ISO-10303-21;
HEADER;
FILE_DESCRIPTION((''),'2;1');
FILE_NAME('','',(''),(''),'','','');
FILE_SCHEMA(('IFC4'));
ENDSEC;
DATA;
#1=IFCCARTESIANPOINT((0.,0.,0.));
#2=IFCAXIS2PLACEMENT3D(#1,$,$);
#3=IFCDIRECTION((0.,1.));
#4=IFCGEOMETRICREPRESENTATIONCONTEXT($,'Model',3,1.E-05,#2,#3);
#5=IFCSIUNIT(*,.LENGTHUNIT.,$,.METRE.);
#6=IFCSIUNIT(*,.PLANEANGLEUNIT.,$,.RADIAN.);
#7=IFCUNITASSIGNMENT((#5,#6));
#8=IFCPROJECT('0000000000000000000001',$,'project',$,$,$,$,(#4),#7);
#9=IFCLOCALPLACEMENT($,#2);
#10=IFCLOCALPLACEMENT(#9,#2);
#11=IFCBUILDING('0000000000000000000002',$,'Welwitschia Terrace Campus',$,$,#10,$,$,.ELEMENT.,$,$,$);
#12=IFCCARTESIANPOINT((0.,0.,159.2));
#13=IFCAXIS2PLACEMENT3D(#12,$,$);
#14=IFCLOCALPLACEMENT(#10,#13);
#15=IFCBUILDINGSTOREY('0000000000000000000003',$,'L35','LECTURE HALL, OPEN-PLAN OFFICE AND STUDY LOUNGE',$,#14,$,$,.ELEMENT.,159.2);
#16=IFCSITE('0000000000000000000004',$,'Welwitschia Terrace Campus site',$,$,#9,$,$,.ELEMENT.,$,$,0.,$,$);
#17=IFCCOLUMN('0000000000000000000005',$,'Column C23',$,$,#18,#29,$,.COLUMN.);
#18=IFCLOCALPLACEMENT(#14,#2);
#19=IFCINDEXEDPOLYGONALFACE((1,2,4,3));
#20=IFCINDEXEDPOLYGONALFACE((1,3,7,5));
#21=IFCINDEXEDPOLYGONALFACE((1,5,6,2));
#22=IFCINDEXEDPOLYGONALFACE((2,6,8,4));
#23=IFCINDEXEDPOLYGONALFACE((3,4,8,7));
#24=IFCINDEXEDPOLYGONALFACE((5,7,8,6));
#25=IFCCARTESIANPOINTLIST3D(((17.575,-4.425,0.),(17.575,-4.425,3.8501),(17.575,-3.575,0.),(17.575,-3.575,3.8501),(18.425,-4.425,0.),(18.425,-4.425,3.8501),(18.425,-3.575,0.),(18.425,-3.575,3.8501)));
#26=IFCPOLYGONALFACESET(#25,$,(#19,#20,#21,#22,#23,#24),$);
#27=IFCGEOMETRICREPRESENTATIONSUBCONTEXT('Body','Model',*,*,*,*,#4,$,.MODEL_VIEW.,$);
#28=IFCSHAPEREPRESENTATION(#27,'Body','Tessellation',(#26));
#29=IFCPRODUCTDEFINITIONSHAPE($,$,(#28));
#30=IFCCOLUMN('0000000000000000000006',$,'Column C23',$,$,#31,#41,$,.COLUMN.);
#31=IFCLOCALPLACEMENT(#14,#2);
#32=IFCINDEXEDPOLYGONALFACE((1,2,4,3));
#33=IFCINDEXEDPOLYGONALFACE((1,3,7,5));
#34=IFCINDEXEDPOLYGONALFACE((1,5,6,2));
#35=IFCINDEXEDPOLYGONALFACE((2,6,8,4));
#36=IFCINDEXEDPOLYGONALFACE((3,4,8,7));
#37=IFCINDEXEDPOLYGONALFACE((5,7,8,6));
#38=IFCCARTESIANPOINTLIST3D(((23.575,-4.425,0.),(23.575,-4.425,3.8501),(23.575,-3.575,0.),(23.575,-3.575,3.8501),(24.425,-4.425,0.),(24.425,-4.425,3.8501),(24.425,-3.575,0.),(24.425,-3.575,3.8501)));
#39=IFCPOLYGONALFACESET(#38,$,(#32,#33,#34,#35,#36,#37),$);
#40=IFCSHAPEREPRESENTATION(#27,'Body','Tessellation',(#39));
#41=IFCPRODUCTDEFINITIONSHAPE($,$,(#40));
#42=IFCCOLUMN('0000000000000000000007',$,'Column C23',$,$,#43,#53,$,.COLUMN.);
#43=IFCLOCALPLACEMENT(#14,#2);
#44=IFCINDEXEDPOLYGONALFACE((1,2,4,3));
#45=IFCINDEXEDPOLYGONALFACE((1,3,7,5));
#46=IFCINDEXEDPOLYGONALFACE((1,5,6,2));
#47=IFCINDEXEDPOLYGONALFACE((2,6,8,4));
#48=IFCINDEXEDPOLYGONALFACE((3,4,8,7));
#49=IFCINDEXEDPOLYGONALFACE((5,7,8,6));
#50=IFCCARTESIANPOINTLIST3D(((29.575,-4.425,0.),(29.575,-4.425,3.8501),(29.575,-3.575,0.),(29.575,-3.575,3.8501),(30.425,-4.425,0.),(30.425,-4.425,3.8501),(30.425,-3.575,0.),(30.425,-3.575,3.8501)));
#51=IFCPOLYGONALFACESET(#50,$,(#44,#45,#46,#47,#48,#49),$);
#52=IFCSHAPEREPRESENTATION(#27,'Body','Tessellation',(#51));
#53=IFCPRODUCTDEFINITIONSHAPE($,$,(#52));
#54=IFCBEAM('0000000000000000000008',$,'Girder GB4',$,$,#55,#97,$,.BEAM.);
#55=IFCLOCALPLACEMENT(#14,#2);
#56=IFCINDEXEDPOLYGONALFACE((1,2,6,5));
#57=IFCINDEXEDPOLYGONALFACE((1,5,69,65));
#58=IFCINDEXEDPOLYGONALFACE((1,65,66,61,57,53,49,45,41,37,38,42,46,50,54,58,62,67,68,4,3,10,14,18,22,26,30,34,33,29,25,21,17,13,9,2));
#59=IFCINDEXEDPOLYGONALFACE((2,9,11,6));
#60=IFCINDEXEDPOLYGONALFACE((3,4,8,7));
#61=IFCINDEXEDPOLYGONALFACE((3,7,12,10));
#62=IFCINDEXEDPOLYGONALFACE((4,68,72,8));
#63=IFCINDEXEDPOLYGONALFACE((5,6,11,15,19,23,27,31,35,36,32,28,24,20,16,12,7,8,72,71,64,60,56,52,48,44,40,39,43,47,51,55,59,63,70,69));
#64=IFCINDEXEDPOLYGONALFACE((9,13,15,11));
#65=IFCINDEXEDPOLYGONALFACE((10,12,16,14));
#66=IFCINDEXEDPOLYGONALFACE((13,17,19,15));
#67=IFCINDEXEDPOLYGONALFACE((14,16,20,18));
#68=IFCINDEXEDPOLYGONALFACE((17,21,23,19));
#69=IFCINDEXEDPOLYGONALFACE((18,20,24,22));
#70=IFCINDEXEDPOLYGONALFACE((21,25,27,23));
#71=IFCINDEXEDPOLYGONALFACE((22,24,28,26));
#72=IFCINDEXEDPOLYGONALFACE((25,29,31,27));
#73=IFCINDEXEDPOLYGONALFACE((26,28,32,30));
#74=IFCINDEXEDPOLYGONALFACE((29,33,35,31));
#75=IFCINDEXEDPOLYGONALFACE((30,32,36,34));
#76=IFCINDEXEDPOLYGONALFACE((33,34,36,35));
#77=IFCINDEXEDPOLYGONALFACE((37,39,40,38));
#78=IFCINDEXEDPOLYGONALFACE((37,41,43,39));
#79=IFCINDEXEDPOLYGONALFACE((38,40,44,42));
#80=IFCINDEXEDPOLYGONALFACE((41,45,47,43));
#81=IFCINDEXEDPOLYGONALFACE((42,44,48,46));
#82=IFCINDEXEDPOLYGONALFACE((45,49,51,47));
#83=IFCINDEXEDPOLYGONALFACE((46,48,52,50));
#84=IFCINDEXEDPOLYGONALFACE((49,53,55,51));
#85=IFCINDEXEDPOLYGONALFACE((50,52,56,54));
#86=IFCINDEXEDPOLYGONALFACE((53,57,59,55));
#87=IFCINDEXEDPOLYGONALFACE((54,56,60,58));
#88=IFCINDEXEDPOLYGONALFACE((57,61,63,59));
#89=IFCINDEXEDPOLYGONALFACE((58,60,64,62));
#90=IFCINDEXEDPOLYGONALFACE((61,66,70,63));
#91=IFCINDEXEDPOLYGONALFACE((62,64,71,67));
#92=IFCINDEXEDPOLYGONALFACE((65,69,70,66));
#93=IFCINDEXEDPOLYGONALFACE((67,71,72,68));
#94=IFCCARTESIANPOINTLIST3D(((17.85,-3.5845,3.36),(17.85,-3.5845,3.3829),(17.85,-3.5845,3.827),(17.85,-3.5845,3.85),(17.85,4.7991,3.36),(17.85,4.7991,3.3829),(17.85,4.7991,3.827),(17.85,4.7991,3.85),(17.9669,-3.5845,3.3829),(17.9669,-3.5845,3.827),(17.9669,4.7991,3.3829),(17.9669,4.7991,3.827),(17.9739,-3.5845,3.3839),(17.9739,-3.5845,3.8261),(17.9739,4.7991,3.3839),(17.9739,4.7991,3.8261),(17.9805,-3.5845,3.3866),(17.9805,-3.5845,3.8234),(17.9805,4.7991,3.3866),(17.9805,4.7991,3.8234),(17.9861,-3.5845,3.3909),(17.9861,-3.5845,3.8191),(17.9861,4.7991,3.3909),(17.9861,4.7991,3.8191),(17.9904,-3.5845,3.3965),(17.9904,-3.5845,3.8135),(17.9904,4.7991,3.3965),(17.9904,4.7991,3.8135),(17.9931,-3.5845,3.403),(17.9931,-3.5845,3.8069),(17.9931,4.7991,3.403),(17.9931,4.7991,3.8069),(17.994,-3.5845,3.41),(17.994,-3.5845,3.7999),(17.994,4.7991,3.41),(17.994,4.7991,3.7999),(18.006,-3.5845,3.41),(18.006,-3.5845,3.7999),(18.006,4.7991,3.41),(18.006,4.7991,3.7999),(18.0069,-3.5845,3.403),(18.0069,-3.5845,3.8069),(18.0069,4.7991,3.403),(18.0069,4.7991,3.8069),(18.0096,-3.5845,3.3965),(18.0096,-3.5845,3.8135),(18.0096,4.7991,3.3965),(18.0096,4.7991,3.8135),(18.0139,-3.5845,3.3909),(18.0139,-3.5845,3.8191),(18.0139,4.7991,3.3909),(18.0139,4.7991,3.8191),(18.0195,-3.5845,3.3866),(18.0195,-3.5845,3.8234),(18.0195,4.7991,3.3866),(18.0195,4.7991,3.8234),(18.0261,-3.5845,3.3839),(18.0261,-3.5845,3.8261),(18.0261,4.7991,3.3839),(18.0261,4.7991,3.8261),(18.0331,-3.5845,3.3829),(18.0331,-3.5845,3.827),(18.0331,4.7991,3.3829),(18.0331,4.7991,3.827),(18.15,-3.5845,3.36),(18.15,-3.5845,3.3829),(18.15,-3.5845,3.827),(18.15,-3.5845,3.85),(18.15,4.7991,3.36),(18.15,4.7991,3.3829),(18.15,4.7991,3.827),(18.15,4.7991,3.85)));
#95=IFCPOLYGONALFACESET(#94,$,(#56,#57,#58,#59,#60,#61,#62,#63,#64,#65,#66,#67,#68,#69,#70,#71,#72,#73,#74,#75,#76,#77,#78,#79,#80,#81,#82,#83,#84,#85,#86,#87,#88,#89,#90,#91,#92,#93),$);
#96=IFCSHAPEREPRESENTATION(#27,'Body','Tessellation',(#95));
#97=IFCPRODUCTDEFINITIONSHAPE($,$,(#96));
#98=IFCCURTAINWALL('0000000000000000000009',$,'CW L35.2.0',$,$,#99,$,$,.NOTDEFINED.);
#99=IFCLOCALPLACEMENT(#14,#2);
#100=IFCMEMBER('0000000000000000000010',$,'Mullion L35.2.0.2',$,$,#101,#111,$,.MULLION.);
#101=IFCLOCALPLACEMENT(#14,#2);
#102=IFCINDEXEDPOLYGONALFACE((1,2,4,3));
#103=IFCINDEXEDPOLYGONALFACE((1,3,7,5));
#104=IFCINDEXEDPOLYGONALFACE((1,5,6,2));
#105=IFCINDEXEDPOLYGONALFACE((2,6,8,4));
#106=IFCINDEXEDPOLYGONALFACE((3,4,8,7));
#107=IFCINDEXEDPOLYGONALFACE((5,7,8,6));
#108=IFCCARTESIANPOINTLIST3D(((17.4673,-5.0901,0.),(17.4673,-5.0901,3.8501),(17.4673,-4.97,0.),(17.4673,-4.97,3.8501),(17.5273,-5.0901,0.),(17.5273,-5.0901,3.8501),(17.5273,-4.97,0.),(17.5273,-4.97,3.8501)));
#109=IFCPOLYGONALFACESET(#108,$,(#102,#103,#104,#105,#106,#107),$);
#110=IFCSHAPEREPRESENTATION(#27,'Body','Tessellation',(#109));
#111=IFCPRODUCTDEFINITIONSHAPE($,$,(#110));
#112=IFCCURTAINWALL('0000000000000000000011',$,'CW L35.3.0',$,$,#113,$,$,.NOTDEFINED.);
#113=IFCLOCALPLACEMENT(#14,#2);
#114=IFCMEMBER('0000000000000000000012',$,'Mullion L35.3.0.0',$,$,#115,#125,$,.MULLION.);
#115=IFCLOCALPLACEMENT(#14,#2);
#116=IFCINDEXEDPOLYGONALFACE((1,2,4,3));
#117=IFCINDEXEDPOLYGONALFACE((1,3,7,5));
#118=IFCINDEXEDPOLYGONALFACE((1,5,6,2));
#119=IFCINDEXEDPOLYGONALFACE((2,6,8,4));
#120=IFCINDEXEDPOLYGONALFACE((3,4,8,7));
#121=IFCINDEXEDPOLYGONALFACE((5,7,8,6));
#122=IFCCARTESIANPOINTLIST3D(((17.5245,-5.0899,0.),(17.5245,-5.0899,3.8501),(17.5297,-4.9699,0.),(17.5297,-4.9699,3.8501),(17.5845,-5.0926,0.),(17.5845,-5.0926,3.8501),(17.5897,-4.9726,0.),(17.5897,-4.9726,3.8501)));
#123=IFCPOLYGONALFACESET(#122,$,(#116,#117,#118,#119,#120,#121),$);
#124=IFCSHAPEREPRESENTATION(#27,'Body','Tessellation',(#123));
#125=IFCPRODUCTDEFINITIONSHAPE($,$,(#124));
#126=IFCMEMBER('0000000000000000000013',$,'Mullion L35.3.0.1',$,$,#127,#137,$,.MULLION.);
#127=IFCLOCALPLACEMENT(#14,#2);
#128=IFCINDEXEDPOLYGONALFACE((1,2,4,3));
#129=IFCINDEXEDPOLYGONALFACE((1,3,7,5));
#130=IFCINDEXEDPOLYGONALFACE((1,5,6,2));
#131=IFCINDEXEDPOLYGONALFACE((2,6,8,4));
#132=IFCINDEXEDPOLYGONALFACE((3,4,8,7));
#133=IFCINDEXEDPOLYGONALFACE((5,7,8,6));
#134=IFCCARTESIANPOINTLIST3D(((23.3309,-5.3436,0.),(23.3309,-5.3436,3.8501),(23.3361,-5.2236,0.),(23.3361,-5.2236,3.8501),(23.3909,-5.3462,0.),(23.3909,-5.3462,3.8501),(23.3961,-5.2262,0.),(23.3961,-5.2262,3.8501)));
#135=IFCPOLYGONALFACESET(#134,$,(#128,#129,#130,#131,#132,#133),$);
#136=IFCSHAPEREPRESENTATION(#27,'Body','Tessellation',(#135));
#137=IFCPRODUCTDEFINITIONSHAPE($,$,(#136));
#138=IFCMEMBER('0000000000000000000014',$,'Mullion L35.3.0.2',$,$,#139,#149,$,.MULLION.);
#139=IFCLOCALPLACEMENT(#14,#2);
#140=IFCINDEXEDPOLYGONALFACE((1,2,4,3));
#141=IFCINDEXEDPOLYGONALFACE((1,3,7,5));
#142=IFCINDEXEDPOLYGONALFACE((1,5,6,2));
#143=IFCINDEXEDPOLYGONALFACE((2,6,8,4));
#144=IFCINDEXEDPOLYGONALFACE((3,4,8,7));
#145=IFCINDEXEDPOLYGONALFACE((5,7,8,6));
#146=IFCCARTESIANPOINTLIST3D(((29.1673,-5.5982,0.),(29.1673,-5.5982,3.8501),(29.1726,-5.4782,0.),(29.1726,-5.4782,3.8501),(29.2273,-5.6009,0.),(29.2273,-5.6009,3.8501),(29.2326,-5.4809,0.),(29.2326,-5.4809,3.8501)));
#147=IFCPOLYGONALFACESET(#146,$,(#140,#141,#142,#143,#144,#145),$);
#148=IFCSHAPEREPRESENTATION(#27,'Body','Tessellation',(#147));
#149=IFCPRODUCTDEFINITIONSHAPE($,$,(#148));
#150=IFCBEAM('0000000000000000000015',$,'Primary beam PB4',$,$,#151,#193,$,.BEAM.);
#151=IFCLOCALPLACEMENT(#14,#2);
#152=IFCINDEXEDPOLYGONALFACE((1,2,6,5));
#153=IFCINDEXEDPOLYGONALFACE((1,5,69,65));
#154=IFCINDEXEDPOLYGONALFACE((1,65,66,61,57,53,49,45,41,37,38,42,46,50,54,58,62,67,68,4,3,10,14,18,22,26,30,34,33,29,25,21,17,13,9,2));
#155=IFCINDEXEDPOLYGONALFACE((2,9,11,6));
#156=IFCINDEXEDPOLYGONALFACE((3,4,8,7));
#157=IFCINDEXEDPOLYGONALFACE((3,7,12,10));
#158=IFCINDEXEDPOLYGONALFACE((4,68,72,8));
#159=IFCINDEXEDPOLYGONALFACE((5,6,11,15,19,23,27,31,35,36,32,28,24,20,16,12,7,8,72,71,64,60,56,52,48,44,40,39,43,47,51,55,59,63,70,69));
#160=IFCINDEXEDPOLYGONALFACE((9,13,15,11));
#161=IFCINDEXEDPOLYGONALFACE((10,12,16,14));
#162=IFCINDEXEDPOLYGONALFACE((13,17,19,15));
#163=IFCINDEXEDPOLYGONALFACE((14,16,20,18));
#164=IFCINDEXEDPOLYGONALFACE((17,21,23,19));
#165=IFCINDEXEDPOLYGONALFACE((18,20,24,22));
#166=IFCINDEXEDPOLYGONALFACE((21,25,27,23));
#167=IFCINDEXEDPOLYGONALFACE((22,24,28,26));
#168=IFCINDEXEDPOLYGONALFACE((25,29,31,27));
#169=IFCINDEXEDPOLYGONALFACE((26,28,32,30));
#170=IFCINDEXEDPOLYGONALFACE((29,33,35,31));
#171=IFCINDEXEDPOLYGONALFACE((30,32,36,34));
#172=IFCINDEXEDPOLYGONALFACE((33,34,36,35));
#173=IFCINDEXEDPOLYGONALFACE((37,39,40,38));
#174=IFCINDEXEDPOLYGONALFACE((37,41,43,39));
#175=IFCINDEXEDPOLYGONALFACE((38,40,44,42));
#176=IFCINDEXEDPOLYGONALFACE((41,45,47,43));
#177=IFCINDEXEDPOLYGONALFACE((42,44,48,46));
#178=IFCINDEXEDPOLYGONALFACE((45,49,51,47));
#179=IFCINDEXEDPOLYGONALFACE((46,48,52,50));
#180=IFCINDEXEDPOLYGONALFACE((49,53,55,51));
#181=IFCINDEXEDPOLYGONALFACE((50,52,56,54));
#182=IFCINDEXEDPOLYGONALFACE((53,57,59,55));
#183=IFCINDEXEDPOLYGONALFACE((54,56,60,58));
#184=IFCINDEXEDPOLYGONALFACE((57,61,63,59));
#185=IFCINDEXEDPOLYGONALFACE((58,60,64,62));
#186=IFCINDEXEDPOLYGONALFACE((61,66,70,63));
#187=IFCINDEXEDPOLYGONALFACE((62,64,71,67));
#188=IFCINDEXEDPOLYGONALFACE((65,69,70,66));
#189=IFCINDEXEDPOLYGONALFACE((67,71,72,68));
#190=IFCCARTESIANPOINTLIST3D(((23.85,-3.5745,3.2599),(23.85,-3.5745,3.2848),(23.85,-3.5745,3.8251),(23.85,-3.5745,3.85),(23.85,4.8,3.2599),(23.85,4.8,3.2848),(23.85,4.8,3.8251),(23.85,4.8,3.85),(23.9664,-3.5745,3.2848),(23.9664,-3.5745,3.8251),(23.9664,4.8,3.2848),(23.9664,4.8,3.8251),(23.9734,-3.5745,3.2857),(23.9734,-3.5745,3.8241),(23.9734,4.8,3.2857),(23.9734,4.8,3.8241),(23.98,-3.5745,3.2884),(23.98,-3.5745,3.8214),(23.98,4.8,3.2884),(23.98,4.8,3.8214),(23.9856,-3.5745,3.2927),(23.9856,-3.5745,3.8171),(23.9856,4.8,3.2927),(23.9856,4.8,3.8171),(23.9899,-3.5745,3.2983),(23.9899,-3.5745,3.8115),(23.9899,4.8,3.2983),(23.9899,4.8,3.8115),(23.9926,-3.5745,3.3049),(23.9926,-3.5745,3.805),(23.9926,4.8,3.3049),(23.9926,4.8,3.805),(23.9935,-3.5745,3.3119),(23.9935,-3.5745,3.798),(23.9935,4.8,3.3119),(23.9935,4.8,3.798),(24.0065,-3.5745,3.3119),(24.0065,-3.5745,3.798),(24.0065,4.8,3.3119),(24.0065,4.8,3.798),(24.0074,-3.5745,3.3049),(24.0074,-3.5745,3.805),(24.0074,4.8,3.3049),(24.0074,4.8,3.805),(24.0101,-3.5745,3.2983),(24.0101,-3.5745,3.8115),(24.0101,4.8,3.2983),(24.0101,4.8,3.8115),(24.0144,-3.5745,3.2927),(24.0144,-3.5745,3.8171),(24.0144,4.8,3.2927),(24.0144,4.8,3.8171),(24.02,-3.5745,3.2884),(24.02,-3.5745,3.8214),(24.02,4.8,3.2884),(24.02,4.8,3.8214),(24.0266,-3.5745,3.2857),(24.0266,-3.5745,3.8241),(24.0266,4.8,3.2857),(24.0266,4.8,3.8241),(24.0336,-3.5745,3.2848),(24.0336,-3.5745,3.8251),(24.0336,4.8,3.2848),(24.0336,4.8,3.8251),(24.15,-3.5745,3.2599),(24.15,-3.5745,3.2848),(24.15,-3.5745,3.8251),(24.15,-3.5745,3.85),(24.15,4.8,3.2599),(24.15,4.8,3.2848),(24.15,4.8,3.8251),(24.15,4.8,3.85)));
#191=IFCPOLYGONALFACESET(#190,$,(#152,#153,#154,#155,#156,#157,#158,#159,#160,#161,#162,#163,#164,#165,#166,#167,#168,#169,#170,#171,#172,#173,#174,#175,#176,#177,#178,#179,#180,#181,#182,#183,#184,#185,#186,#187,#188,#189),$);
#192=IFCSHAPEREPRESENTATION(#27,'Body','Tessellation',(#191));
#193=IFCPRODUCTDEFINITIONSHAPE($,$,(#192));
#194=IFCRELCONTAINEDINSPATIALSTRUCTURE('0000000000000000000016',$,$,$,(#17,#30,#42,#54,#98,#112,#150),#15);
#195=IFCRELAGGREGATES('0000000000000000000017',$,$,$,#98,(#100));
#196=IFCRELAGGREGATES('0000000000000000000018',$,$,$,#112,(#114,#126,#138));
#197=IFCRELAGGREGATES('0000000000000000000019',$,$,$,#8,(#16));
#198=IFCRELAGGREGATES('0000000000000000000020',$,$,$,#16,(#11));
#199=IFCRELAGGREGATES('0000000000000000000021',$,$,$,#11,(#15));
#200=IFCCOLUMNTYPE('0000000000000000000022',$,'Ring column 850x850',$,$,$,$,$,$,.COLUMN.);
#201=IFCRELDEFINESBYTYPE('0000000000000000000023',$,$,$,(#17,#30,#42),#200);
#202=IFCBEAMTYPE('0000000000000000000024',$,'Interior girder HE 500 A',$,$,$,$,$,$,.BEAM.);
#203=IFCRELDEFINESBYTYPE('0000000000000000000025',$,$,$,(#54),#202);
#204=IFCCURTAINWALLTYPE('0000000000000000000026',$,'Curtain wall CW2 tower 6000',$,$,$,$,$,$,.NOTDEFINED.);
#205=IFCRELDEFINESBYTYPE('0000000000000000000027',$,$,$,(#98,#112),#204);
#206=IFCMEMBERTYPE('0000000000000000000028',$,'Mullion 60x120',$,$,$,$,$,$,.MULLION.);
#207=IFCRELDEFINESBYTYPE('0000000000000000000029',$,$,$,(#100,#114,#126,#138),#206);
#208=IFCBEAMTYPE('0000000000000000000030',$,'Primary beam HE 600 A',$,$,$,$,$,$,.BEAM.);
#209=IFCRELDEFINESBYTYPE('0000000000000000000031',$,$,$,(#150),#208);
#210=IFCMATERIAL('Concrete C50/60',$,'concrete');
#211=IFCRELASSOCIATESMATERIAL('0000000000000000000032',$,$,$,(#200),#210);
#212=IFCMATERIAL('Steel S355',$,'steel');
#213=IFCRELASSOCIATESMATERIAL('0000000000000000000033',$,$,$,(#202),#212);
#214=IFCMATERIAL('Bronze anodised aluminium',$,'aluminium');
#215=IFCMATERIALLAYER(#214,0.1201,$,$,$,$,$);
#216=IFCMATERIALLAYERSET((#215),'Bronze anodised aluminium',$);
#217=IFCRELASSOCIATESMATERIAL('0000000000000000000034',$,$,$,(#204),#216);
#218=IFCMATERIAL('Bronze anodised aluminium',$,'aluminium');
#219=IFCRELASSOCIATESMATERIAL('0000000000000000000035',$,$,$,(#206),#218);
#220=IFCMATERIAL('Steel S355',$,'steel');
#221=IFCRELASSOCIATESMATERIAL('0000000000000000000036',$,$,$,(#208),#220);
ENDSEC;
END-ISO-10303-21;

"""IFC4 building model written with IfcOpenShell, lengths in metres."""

from ifc_helpers import new_model, si_unit, direction, frame, origin, origin_2d, place, context, subcontext, project, spatial, rectangle, i_section, extrude, material, layer, layer_set, material_profile, profile_set, type_object, element, aggregate, save


model = new_model("IFC4")

# Units and contexts
model_context = context("Model", 3, precision=1e-05, world=origin(), true_north=direction((0.0, 1.0)))
body_context = subcontext(model_context, "Body", "Model", "MODEL_VIEW")
ifc_project = project(units=[si_unit("LENGTHUNIT", "METRE"), si_unit("PLANEANGLEUNIT", "RADIAN")], contexts=[model_context])

# Site, building, storey
site_placement = place(None, origin())
site = spatial("IfcSite", under=ifc_project, at=site_placement, Name="Welwitschia Terrace Campus site", CompositionType="ELEMENT", RefElevation=0.0)
building_placement = place(site_placement, origin())
building = spatial("IfcBuilding", under=site, at=building_placement, Name="Welwitschia Terrace Campus", CompositionType="ELEMENT")
storey_placement = place(building_placement, frame((0.0, 0.0, 159.2)))
storey = spatial("IfcBuildingStorey", under=building, at=storey_placement, Name="L35", Description="LECTURE HALL, OPEN-PLAN OFFICE AND STUDY LOUNGE", CompositionType="ELEMENT", Elevation=159.2)

# Columns
ifc_material_1 = material(Name="Concrete C50/60", Category="concrete")
ifc_material_profile_1 = material_profile(ifc_material_1, rectangle(XDim=0.8501, YDim=0.8501, at=origin_2d()))
ifc_profile_set_1 = profile_set([ifc_material_profile_1], Name="Concrete C50/60")
column_type = type_object("IfcColumnType", Name="Ring column 850x850", PredefinedType="COLUMN", material=ifc_profile_set_1)
for number, where, z_axis, x_axis, name in (
    (1, (18.0, -4.0, 0.0), (0.0, 0.0, 1.0), (1.0, 0.0, 0.0), "Column C23"),
    (2, (24.0, -4.0, 0.0), (0.0, 0.0, 1.0), (1.0, 0.0, 0.0), "Column C23"),
    (3, (30.0, -4.0, 0.0), (0.0, 0.0, 1.0), (1.0, 0.0, 0.0), "Column C23"),
):
    element("IfcColumn", number, at=place(storey_placement, frame(where, z_axis=z_axis, x_axis=x_axis)), inside=storey, type_object=column_type, Name=name, PredefinedType="COLUMN", context=body_context, shape_type="SweptSolid", body=[
        extrude(rectangle(XDim=0.8501, YDim=0.8501, at=origin_2d()), origin(), (0.0, 0.0, 1.0), 3.8501),
    ])

# Beam
ifc_material_2 = material(Name="Steel S355", Category="steel")
ifc_material_profile_2 = material_profile(ifc_material_2, i_section(OverallWidth=0.3, OverallDepth=0.49, WebThickness=0.012, FlangeThickness=0.0229, FilletRadius=0.0271, at=origin_2d()))
ifc_profile_set_2 = profile_set([ifc_material_profile_2], Name="Steel S355")
beam_type_1 = type_object("IfcBeamType", Name="Interior girder HE 500 A", PredefinedType="BEAM", material=ifc_profile_set_2)
beam_1_placement = place(storey_placement, frame((18.0, -3.5845, 3.605), z_axis=(0.0, 1.0, 0.0), x_axis=(-1.0, 0.0, 0.0)))
element("IfcBeam", 4, at=beam_1_placement, inside=storey, type_object=beam_type_1, Name="Girder GB4", PredefinedType="BEAM", context=body_context, shape_type="SweptSolid", body=[
    extrude(i_section(OverallWidth=0.3, OverallDepth=0.49, WebThickness=0.012, FlangeThickness=0.0229, FilletRadius=0.0271, at=origin_2d()), origin(), (0.0, 0.0, 1.0), 8.3835),
])

# Curtain wall, member
ifc_material_3 = material(Name="Bronze anodised aluminium", Category="aluminium")
ifc_layer_1 = layer(ifc_material_3, 0.1201)
ifc_layer_set_1 = layer_set([ifc_layer_1], Name="Bronze anodised aluminium")
curtain_wall_type = type_object("IfcCurtainWallType", Name="Curtain wall CW2 tower 6000", PredefinedType="NOTDEFINED", material=ifc_layer_set_1)
curtain_wall_1_placement = place(storey_placement, origin())
curtain_wall_1 = element("IfcCurtainWall", 5, at=curtain_wall_1_placement, inside=storey, type_object=curtain_wall_type, Name="CW L35.2.0", PredefinedType="NOTDEFINED")
ifc_material_4 = material(Name="Bronze anodised aluminium", Category="aluminium")
ifc_material_profile_3 = material_profile(ifc_material_4, rectangle(XDim=0.1201, YDim=0.0601, at=origin_2d()))
ifc_profile_set_3 = profile_set([ifc_material_profile_3], Name="Bronze anodised aluminium")
member_type_1 = type_object("IfcMemberType", Name="Mullion 60x120", PredefinedType="MULLION", material=ifc_profile_set_3)
member_1_placement = place(storey_placement, frame((17.4973, -5.03, 0.0), z_axis=(0.0, 0.0, 1.0), x_axis=(0.0, 1.0, 0.0)))
member_1 = element("IfcMember", 6, at=member_1_placement, type_object=member_type_1, Name="Mullion L35.2.0.2", PredefinedType="MULLION", context=body_context, shape_type="SweptSolid", body=[
    extrude(rectangle(XDim=0.1201, YDim=0.0601, at=origin_2d()), origin(), (0.0, 0.0, 1.0), 3.8501),
])

# Curtain wall, members
curtain_wall_2_placement = place(storey_placement, origin())
curtain_wall_2 = element("IfcCurtainWall", 7, at=curtain_wall_2_placement, inside=storey, type_object=curtain_wall_type, Name="CW L35.3.0", PredefinedType="NOTDEFINED")
member_2_placement = place(storey_placement, frame((17.5571, -5.0312, 0.0), z_axis=(0.0, 0.0, 1.0), x_axis=(0.043619, 0.999048, 0.0)))
member_2 = element("IfcMember", 8, at=member_2_placement, type_object=member_type_1, Name="Mullion L35.3.0.0", PredefinedType="MULLION", context=body_context, shape_type="SweptSolid", body=[
    extrude(rectangle(XDim=0.1201, YDim=0.0601, at=origin_2d()), origin(), (0.0, 0.0, 1.0), 3.8501),
])
member_3_placement = place(storey_placement, frame((23.3635, -5.2849, 0.0), z_axis=(0.0, 0.0, 1.0), x_axis=(0.043619, 0.999048, 0.0)))
member_3 = element("IfcMember", 9, at=member_3_placement, type_object=member_type_1, Name="Mullion L35.3.0.1", PredefinedType="MULLION", context=body_context, shape_type="SweptSolid", body=[
    extrude(rectangle(XDim=0.1201, YDim=0.0601, at=origin_2d()), origin(), (0.0, 0.0, 1.0), 3.8501),
])
member_4_placement = place(storey_placement, frame((29.2, -5.5396, 0.0), z_axis=(0.0, 0.0, 1.0), x_axis=(0.043619, 0.999048, 0.0)))
member_4 = element("IfcMember", 10, at=member_4_placement, type_object=member_type_1, Name="Mullion L35.3.0.2", PredefinedType="MULLION", context=body_context, shape_type="SweptSolid", body=[
    extrude(rectangle(XDim=0.1201, YDim=0.0601, at=origin_2d()), origin(), (0.0, 0.0, 1.0), 3.8501),
])

# Beam
ifc_material_5 = material(Name="Steel S355", Category="steel")
ifc_material_profile_4 = material_profile(ifc_material_5, i_section(OverallWidth=0.3, OverallDepth=0.5901, WebThickness=0.0129, FlangeThickness=0.0249, FilletRadius=0.0271, at=origin_2d()))
ifc_profile_set_4 = profile_set([ifc_material_profile_4], Name="Steel S355")
beam_type_2 = type_object("IfcBeamType", Name="Primary beam HE 600 A", PredefinedType="BEAM", material=ifc_profile_set_4)
beam_2_placement = place(storey_placement, frame((24.0, -3.5745, 3.5549), z_axis=(0.0, 1.0, 0.0), x_axis=(-1.0, 0.0, 0.0)))
element("IfcBeam", 11, at=beam_2_placement, inside=storey, type_object=beam_type_2, Name="Primary beam PB4", PredefinedType="BEAM", context=body_context, shape_type="SweptSolid", body=[
    extrude(i_section(OverallWidth=0.3, OverallDepth=0.5901, WebThickness=0.0129, FlangeThickness=0.0249, FilletRadius=0.0271, at=origin_2d()), origin(), (0.0, 0.0, 1.0), 8.3745),
])

aggregate(curtain_wall_1, [member_1])
aggregate(curtain_wall_2, [member_2, member_3, member_4])

save(model, "model.ifc")
